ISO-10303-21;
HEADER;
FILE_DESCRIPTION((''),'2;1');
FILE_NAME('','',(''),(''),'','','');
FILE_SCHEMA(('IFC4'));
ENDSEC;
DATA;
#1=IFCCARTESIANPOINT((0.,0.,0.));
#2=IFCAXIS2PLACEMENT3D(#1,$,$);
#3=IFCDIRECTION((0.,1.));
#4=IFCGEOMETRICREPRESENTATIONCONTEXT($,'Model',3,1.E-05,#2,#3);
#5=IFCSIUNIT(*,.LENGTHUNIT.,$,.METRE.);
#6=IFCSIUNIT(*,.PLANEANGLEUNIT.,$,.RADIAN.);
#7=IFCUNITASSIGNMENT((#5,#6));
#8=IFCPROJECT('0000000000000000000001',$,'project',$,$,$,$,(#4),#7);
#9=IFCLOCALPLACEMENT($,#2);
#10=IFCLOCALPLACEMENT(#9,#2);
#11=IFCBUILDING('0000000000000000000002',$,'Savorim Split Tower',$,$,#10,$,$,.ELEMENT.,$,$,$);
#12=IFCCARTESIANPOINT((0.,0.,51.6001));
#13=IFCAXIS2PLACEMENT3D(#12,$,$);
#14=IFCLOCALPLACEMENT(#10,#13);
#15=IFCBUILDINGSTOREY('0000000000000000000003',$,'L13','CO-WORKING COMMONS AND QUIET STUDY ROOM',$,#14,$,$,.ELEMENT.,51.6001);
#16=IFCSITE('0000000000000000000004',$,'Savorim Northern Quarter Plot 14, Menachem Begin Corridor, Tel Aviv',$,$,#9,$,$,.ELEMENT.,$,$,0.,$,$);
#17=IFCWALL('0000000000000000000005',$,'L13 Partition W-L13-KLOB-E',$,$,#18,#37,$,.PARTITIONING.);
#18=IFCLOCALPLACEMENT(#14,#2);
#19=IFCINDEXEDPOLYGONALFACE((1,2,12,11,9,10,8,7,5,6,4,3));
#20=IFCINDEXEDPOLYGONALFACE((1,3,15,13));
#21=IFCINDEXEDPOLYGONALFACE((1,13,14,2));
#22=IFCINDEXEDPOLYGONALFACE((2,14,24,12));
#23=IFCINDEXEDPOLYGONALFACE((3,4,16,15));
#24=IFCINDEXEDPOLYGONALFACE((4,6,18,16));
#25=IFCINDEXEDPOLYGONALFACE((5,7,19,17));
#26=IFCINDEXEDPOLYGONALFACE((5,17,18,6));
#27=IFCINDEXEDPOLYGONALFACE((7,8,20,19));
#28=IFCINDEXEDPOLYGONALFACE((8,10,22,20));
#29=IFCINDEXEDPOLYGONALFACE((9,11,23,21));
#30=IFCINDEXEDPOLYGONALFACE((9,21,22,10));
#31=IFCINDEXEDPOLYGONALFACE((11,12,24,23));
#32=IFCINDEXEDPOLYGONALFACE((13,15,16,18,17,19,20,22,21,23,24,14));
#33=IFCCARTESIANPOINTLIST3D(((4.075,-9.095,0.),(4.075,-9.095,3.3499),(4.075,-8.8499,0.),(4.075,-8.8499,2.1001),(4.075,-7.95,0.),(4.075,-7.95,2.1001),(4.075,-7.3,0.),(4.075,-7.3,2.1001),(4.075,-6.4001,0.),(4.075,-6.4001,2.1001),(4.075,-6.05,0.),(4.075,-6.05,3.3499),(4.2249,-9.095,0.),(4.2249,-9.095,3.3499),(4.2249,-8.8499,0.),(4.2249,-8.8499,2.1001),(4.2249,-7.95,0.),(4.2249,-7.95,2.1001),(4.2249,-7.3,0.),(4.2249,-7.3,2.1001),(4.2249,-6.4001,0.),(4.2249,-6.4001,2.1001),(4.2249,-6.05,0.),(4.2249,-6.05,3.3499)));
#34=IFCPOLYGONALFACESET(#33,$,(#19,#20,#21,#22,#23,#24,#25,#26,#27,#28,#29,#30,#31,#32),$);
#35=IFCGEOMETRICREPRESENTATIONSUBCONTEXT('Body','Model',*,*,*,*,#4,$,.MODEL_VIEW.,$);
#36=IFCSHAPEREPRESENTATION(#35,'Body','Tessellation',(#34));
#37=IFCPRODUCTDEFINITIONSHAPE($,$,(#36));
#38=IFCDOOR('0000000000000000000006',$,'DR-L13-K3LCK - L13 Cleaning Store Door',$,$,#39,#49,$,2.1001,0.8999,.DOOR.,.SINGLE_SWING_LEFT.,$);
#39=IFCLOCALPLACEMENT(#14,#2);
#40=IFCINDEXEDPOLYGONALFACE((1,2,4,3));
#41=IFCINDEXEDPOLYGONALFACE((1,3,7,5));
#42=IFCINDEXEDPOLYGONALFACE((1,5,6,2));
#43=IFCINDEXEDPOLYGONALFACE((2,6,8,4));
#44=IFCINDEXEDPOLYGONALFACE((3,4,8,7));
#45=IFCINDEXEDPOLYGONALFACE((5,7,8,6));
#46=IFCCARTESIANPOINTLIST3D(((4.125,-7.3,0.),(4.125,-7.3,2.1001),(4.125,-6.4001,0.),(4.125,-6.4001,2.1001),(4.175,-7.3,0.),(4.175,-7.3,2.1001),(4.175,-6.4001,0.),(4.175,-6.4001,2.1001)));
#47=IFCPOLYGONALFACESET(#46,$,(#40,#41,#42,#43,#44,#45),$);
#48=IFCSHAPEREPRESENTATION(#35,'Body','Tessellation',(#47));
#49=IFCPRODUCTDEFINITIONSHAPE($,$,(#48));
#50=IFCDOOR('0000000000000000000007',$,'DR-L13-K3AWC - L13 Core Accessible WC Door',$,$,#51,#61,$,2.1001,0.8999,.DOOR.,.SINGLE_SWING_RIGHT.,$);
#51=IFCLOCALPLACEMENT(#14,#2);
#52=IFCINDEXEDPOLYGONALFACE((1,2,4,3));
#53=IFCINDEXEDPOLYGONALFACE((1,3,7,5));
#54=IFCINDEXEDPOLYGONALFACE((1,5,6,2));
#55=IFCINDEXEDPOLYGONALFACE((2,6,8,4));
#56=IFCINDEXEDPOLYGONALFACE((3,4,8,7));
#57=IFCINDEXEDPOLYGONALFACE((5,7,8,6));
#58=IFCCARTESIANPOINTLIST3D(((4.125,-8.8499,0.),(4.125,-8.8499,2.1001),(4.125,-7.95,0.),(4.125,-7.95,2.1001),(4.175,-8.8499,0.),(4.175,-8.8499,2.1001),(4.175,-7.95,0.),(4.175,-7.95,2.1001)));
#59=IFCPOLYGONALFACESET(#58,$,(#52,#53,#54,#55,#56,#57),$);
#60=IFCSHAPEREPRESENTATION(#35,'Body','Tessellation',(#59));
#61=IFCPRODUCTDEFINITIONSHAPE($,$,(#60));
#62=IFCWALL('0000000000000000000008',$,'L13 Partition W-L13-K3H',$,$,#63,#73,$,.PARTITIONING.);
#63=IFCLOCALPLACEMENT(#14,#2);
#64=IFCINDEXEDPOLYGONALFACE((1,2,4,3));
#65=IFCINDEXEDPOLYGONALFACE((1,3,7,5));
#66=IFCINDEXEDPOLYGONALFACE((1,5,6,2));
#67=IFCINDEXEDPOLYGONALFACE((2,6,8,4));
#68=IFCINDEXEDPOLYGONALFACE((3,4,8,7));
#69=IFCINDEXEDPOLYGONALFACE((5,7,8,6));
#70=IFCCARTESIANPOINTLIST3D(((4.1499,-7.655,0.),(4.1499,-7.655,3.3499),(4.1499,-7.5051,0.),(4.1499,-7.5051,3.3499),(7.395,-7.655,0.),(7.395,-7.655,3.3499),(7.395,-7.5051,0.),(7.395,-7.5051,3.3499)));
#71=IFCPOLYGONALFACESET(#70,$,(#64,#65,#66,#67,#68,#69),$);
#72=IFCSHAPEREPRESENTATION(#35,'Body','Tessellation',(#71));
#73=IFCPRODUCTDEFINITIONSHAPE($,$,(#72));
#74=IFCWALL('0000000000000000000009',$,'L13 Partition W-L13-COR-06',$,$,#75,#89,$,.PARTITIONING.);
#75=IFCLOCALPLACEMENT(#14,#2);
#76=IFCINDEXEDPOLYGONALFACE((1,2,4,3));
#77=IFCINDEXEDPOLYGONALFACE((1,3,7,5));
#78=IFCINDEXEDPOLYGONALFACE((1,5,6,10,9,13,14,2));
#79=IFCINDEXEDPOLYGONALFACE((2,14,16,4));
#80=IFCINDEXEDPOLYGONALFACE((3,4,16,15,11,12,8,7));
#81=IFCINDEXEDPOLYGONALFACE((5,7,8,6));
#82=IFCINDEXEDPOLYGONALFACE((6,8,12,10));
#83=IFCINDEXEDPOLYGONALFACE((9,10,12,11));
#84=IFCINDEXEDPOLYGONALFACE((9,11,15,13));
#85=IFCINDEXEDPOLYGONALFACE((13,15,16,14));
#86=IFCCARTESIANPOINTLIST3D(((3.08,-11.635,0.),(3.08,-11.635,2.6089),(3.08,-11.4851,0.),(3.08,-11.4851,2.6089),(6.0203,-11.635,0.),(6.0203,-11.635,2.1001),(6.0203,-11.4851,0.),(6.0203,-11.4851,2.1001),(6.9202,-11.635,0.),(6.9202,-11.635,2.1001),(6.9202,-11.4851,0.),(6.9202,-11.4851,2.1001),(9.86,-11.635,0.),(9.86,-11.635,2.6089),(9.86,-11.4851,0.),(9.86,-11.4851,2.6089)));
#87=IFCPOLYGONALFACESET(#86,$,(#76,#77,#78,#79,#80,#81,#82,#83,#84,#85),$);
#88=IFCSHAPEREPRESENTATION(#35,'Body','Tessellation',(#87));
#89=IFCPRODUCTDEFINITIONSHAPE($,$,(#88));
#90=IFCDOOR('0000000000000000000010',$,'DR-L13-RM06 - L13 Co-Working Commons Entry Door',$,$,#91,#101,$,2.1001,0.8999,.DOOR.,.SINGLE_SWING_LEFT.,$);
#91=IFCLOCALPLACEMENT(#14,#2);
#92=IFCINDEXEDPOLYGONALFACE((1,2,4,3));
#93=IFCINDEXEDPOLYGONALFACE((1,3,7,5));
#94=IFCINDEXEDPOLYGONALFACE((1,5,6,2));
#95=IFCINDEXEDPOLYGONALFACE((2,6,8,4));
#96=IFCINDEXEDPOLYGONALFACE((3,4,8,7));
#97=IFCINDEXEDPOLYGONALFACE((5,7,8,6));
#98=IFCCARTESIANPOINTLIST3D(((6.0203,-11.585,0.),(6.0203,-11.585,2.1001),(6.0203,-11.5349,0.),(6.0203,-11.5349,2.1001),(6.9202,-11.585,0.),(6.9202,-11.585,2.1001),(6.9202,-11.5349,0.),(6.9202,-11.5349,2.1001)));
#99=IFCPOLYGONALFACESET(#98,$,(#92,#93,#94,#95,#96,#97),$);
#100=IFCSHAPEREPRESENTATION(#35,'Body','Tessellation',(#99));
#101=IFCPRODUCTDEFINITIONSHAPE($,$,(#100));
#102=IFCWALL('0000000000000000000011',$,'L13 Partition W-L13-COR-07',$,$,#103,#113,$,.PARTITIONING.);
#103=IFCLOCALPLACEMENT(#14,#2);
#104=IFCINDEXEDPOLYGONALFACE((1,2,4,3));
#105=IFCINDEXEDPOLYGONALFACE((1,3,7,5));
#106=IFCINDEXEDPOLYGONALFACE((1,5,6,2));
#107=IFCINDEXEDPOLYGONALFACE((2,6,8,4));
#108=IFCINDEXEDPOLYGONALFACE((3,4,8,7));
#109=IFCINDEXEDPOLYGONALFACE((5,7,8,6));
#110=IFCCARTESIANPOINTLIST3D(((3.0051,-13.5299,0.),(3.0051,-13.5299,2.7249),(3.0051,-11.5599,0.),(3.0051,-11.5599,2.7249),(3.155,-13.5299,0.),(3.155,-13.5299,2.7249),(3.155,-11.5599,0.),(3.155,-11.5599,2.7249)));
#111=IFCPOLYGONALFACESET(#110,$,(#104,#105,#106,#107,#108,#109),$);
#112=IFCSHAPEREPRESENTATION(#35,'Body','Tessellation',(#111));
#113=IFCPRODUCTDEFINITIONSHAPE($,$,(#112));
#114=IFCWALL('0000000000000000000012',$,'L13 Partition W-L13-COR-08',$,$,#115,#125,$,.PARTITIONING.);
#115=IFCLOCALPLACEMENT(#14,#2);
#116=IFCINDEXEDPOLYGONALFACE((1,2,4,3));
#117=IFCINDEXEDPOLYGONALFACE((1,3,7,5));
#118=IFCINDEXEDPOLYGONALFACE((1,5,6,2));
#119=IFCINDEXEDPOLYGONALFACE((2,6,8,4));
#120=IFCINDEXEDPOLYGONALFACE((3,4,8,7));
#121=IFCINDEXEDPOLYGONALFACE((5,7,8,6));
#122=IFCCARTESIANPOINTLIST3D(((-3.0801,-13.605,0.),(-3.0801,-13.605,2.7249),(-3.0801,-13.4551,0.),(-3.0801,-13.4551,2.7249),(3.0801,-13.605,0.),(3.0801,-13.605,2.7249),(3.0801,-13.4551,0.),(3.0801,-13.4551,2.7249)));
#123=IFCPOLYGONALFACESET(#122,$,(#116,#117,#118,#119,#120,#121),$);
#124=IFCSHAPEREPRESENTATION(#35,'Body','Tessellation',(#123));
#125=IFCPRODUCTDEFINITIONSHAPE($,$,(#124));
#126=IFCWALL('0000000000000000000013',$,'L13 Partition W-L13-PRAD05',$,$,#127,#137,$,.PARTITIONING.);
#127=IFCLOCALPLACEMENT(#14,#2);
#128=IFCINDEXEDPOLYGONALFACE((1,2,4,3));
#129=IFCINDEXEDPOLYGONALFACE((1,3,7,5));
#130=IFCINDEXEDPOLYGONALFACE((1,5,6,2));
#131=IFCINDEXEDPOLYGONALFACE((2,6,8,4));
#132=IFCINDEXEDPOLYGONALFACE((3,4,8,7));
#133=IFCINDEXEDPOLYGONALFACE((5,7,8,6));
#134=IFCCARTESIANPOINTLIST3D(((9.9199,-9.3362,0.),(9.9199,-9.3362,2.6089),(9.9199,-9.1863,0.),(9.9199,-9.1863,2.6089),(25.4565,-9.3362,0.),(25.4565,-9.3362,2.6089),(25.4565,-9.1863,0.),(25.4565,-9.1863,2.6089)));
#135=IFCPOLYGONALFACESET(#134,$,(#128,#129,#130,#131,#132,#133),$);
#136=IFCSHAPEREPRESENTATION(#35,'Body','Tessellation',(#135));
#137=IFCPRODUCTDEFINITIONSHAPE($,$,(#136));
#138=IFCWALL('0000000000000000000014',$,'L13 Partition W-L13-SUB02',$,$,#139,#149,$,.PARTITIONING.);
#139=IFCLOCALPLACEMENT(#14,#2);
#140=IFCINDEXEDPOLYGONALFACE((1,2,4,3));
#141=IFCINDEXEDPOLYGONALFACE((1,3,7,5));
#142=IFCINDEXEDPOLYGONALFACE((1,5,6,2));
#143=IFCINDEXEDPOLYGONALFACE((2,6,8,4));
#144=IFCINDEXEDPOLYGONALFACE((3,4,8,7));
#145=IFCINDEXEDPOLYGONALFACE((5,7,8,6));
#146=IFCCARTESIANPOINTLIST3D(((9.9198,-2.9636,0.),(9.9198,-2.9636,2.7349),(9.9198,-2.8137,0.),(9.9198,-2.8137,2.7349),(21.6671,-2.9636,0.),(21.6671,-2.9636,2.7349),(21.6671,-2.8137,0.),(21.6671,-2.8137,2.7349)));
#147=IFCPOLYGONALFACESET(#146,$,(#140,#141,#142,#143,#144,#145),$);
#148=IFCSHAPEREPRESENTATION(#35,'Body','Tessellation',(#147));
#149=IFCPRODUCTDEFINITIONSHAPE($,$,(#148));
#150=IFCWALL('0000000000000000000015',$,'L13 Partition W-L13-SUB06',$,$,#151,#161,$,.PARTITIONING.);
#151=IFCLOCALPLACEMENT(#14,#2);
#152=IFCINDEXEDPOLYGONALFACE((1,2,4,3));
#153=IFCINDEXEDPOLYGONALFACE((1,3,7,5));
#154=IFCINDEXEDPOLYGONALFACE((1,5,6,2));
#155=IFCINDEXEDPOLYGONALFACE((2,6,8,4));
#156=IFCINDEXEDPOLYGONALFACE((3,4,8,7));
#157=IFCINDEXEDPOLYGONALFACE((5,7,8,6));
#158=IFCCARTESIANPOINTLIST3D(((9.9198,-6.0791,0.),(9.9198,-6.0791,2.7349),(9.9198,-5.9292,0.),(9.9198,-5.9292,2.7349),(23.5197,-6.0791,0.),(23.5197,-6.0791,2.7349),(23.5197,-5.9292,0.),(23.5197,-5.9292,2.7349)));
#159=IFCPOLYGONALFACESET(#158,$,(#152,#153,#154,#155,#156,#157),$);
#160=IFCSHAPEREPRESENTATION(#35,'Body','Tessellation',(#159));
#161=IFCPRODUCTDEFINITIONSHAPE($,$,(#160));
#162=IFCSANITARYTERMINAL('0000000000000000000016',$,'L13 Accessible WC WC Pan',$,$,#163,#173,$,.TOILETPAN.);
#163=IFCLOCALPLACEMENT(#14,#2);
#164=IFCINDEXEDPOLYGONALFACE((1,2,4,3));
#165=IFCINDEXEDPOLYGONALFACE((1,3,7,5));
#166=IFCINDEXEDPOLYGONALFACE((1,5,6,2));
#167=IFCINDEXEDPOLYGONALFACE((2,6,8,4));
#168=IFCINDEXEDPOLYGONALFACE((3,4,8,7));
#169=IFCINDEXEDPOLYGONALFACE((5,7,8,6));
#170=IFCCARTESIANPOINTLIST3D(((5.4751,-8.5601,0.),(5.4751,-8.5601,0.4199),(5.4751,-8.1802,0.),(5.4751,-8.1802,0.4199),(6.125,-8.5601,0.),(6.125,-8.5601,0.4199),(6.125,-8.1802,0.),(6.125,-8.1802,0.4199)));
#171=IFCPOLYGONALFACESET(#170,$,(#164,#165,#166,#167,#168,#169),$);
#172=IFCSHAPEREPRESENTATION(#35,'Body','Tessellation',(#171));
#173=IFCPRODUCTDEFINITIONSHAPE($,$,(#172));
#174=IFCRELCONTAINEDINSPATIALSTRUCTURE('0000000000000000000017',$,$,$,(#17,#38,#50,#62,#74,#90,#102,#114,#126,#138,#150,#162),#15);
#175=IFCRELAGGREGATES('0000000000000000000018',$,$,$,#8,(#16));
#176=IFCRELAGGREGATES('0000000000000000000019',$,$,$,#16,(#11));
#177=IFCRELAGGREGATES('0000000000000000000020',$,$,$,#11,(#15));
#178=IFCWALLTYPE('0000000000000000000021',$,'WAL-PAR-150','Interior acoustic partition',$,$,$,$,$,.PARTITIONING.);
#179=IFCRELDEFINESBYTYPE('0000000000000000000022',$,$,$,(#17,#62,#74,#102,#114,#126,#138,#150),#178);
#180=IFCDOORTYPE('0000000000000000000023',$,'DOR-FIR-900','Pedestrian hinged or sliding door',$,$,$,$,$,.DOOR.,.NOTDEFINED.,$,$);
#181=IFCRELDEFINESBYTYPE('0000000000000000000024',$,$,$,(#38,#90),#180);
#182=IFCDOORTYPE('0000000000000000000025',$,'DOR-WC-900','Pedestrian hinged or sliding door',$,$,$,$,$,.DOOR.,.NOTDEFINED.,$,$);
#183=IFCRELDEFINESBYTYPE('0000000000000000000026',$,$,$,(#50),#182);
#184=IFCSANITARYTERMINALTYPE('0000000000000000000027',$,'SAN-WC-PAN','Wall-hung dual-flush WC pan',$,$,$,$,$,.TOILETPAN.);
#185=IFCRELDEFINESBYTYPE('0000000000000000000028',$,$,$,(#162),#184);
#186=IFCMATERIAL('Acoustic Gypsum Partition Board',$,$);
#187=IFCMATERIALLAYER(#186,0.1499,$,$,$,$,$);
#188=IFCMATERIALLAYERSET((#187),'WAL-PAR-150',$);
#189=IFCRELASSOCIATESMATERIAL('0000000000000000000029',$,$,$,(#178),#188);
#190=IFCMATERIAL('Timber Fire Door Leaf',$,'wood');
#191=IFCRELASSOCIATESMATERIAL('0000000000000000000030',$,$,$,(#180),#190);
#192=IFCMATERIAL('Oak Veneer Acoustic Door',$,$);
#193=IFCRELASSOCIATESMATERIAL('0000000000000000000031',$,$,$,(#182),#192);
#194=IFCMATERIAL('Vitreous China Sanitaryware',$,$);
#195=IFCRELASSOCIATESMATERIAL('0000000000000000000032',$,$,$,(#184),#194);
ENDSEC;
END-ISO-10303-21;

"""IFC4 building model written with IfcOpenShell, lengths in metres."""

from ifc_helpers import new_model, si_unit, direction, frame, frame_2d, origin, origin_2d, place, context, subcontext, project, spatial, rectangle, extrude, material, layer, layer_set, type_object, element, fill, save


model = new_model("IFC4")

# Units and contexts
model_context = context("Model", 3, precision=1e-05, world=origin(), true_north=direction((0.0, 1.0)))
body_context = subcontext(model_context, "Body", "Model", "MODEL_VIEW")
ifc_project = project(units=[si_unit("LENGTHUNIT", "METRE"), si_unit("PLANEANGLEUNIT", "RADIAN")], contexts=[model_context])

# Site, building, storey
site_placement = place(None, origin())
site = spatial("IfcSite", under=ifc_project, at=site_placement, Name="Savorim Northern Quarter Plot 14, Menachem Begin Corridor, Tel Aviv", CompositionType="ELEMENT", RefElevation=0.0)
building_placement = place(site_placement, origin())
building = spatial("IfcBuilding", under=site, at=building_placement, Name="Savorim Split Tower", CompositionType="ELEMENT")
storey_placement = place(building_placement, frame((0.0, 0.0, 51.6001)))
storey = spatial("IfcBuildingStorey", under=building, at=storey_placement, Name="L13", Description="CO-WORKING COMMONS AND QUIET STUDY ROOM", CompositionType="ELEMENT", Elevation=51.6001)

# Shared definitions
ifc_material_1 = material(Name="Acoustic Gypsum Partition Board")
ifc_layer_1 = layer(ifc_material_1, 0.1499)
ifc_layer_set_1 = layer_set([ifc_layer_1], Name="WAL-PAR-150")
wall_type_1 = type_object("IfcWallType", Name="WAL-PAR-150", Description="Interior acoustic partition", PredefinedType="PARTITIONING", material=ifc_layer_set_1)

# Wall, openings, doors
wall_1_placement = place(storey_placement, frame((4.1499, -9.095, 0.0), z_axis=(0.0, 0.0, 1.0), x_axis=(0.0, 1.0, 0.0)))
wall_1 = element("IfcWall", 1, at=wall_1_placement, inside=storey, type_object=wall_type_1, Name="L13 Partition W-L13-KLOB-E", PredefinedType="PARTITIONING", context=body_context, shape_type="SweptSolid", body=[
    extrude(rectangle(XDim=3.0449, YDim=0.1499, at=frame_2d((1.5225, 0.0))), origin(), (0.0, 0.0, 1.0), 3.3499),
])
opening_1_placement = place(wall_1_placement, frame((0.2451, 0.0, 0.0)))
opening_1 = element("IfcOpeningElement", 2, at=opening_1_placement, cuts=wall_1, PredefinedType="OPENING", context=body_context, shape_type="SweptSolid", body=[
    extrude(rectangle(XDim=0.8999, YDim=2.1001, at=frame_2d((0.45, 1.05))), frame((0.0, 0.085, 0.0), z_axis=(0.0, -1.0, 0.0), x_axis=(1.0, 0.0, 0.0)), (0.0, 0.0, 1.0), 0.1699),
])
opening_2_placement = place(wall_1_placement, frame((1.7949, 0.0, 0.0)))
opening_2 = element("IfcOpeningElement", 3, at=opening_2_placement, cuts=wall_1, PredefinedType="OPENING", context=body_context, shape_type="SweptSolid", body=[
    extrude(rectangle(XDim=0.8999, YDim=2.1001, at=frame_2d((0.45, 1.05))), frame((0.0, 0.085, 0.0), z_axis=(0.0, -1.0, 0.0), x_axis=(1.0, 0.0, 0.0)), (0.0, 0.0, 1.0), 0.1699),
])
ifc_material_2 = material(Name="Timber Fire Door Leaf", Category="wood")
door_type_1 = type_object("IfcDoorType", Name="DOR-FIR-900", Description="Pedestrian hinged or sliding door", OperationType="NOTDEFINED", PredefinedType="DOOR", material=ifc_material_2)
door_1_placement = place(opening_2_placement, origin())
door_1 = element("IfcDoor", 4, at=door_1_placement, inside=storey, type_object=door_type_1, Name="DR-L13-K3LCK - L13 Cleaning Store Door", OperationType="SINGLE_SWING_LEFT", OverallHeight=2.1001, OverallWidth=0.8999, PredefinedType="DOOR", context=body_context, shape_type="SweptSolid", body=[
    extrude(rectangle(XDim=0.8999, YDim=2.1001, at=frame_2d((0.45, 1.05))), frame((0.0, 0.0249, 0.0), z_axis=(0.0, -1.0, 0.0), x_axis=(1.0, 0.0, 0.0)), (0.0, 0.0, 1.0), 0.05),
])
fill(opening_2, door_1)
ifc_material_3 = material(Name="Oak Veneer Acoustic Door")
door_type_2 = type_object("IfcDoorType", Name="DOR-WC-900", Description="Pedestrian hinged or sliding door", OperationType="NOTDEFINED", PredefinedType="DOOR", material=ifc_material_3)
door_2_placement = place(opening_1_placement, origin())
door_2 = element("IfcDoor", 5, at=door_2_placement, inside=storey, type_object=door_type_2, Name="DR-L13-K3AWC - L13 Core Accessible WC Door", OperationType="SINGLE_SWING_RIGHT", OverallHeight=2.1001, OverallWidth=0.8999, PredefinedType="DOOR", context=body_context, shape_type="SweptSolid", body=[
    extrude(rectangle(XDim=0.8999, YDim=2.1001, at=frame_2d((0.45, 1.05))), frame((0.0, 0.0249, 0.0), z_axis=(0.0, -1.0, 0.0), x_axis=(1.0, 0.0, 0.0)), (0.0, 0.0, 1.0), 0.05),
])
fill(opening_1, door_2)

# Wall
wall_2_placement = place(storey_placement, frame((4.1499, -7.5801, 0.0), z_axis=(0.0, 0.0, 1.0), x_axis=(1.0, 0.0, 0.0)))
element("IfcWall", 6, at=wall_2_placement, inside=storey, type_object=wall_type_1, Name="L13 Partition W-L13-K3H", PredefinedType="PARTITIONING", context=body_context, shape_type="SweptSolid", body=[
    extrude(rectangle(XDim=3.2451, YDim=0.1499, at=frame_2d((1.6226, 0.0))), origin(), (0.0, 0.0, 1.0), 3.3499),
])

# Wall, opening, door
wall_3_placement = place(storey_placement, frame((9.8601, -11.5601, 0.0), z_axis=(0.0, 0.0, 1.0), x_axis=(-1.0, 0.0, 0.0)))
wall_3 = element("IfcWall", 7, at=wall_3_placement, inside=storey, type_object=wall_type_1, Name="L13 Partition W-L13-COR-06", PredefinedType="PARTITIONING", context=body_context, shape_type="SweptSolid", body=[
    extrude(rectangle(XDim=6.78, YDim=0.1499, at=frame_2d((3.3901, 0.0))), origin(), (0.0, 0.0, 1.0), 2.6089),
])
opening_3_placement = place(wall_3_placement, frame((2.9399, 0.0, 0.0)))
opening_3 = element("IfcOpeningElement", 8, at=opening_3_placement, cuts=wall_3, PredefinedType="OPENING", context=body_context, shape_type="SweptSolid", body=[
    extrude(rectangle(XDim=0.8999, YDim=2.1001, at=frame_2d((0.45, 1.05))), frame((0.0, 0.085, 0.0), z_axis=(0.0, -1.0, 0.0), x_axis=(1.0, 0.0, 0.0)), (0.0, 0.0, 1.0), 0.1699),
])
door_3_placement = place(opening_3_placement, origin())
door_3 = element("IfcDoor", 9, at=door_3_placement, inside=storey, type_object=door_type_1, Name="DR-L13-RM06 - L13 Co-Working Commons Entry Door", OperationType="SINGLE_SWING_LEFT", OverallHeight=2.1001, OverallWidth=0.8999, PredefinedType="DOOR", context=body_context, shape_type="SweptSolid", body=[
    extrude(rectangle(XDim=0.8999, YDim=2.1001, at=frame_2d((0.45, 1.05))), frame((0.0, 0.0249, 0.0), z_axis=(0.0, -1.0, 0.0), x_axis=(1.0, 0.0, 0.0)), (0.0, 0.0, 1.0), 0.05),
])
fill(opening_3, door_3)

# Walls
wall_4_placement = place(storey_placement, frame((3.0801, -11.5601, 0.0), z_axis=(0.0, 0.0, 1.0), x_axis=(0.0, -1.0, 0.0)))
element("IfcWall", 10, at=wall_4_placement, inside=storey, type_object=wall_type_1, Name="L13 Partition W-L13-COR-07", PredefinedType="PARTITIONING", context=body_context, shape_type="SweptSolid", body=[
    extrude(rectangle(XDim=1.97, YDim=0.1499, at=frame_2d((0.9849, 0.0))), origin(), (0.0, 0.0, 1.0), 2.7249),
])
wall_5_placement = place(storey_placement, frame((3.0801, -13.53, 0.0), z_axis=(0.0, 0.0, 1.0), x_axis=(-1.0, 0.0, 0.0)))
element("IfcWall", 11, at=wall_5_placement, inside=storey, type_object=wall_type_1, Name="L13 Partition W-L13-COR-08", PredefinedType="PARTITIONING", context=body_context, shape_type="SweptSolid", body=[
    extrude(rectangle(XDim=6.1602, YDim=0.1499, at=frame_2d((3.0801, 0.0))), origin(), (0.0, 0.0, 1.0), 2.7249),
])
wall_6_placement = place(storey_placement, frame((9.9199, -9.2612, 0.0), z_axis=(0.0, 0.0, 1.0), x_axis=(1.0, 0.0, 0.0)))
element("IfcWall", 12, at=wall_6_placement, inside=storey, type_object=wall_type_1, Name="L13 Partition W-L13-PRAD05", PredefinedType="PARTITIONING", context=body_context, shape_type="SweptSolid", body=[
    extrude(rectangle(XDim=15.5366, YDim=0.1499, at=frame_2d((7.7683, 0.0))), origin(), (0.0, 0.0, 1.0), 2.6089),
])
wall_7_placement = place(storey_placement, frame((9.9199, -2.8887, 0.0), z_axis=(0.0, 0.0, 1.0), x_axis=(1.0, 0.0, 0.0)))
element("IfcWall", 13, at=wall_7_placement, inside=storey, type_object=wall_type_1, Name="L13 Partition W-L13-SUB02", PredefinedType="PARTITIONING", context=body_context, shape_type="SweptSolid", body=[
    extrude(rectangle(XDim=11.7473, YDim=0.1499, at=frame_2d((5.8735, 0.0))), origin(), (0.0, 0.0, 1.0), 2.7349),
])
wall_8_placement = place(storey_placement, frame((9.9199, -6.0042, 0.0), z_axis=(0.0, 0.0, 1.0), x_axis=(1.0, 0.0, 0.0)))
element("IfcWall", 14, at=wall_8_placement, inside=storey, type_object=wall_type_1, Name="L13 Partition W-L13-SUB06", PredefinedType="PARTITIONING", context=body_context, shape_type="SweptSolid", body=[
    extrude(rectangle(XDim=13.5999, YDim=0.1499, at=frame_2d((6.7998, 0.0))), origin(), (0.0, 0.0, 1.0), 2.7349),
])

# Sanitary terminal
ifc_material_4 = material(Name="Vitreous China Sanitaryware")
sanitary_terminal_type_1 = type_object("IfcSanitaryTerminalType", Name="SAN-WC-PAN", Description="Wall-hung dual-flush WC pan", PredefinedType="TOILETPAN", material=ifc_material_4)
sanitary_terminal_1_placement = place(storey_placement, frame((5.8, -8.3701, 0.0), z_axis=(0.0, 0.0, 1.0), x_axis=(1.0, 0.0, 0.0)))
element("IfcSanitaryTerminal", 15, at=sanitary_terminal_1_placement, inside=storey, type_object=sanitary_terminal_type_1, Name="L13 Accessible WC WC Pan", PredefinedType="TOILETPAN", context=body_context, shape_type="SweptSolid", body=[
    extrude(rectangle(XDim=0.6499, YDim=0.3799, at=origin_2d()), origin(), (0.0, 0.0, 1.0), 0.4199),
])

save(model, "model.ifc")
